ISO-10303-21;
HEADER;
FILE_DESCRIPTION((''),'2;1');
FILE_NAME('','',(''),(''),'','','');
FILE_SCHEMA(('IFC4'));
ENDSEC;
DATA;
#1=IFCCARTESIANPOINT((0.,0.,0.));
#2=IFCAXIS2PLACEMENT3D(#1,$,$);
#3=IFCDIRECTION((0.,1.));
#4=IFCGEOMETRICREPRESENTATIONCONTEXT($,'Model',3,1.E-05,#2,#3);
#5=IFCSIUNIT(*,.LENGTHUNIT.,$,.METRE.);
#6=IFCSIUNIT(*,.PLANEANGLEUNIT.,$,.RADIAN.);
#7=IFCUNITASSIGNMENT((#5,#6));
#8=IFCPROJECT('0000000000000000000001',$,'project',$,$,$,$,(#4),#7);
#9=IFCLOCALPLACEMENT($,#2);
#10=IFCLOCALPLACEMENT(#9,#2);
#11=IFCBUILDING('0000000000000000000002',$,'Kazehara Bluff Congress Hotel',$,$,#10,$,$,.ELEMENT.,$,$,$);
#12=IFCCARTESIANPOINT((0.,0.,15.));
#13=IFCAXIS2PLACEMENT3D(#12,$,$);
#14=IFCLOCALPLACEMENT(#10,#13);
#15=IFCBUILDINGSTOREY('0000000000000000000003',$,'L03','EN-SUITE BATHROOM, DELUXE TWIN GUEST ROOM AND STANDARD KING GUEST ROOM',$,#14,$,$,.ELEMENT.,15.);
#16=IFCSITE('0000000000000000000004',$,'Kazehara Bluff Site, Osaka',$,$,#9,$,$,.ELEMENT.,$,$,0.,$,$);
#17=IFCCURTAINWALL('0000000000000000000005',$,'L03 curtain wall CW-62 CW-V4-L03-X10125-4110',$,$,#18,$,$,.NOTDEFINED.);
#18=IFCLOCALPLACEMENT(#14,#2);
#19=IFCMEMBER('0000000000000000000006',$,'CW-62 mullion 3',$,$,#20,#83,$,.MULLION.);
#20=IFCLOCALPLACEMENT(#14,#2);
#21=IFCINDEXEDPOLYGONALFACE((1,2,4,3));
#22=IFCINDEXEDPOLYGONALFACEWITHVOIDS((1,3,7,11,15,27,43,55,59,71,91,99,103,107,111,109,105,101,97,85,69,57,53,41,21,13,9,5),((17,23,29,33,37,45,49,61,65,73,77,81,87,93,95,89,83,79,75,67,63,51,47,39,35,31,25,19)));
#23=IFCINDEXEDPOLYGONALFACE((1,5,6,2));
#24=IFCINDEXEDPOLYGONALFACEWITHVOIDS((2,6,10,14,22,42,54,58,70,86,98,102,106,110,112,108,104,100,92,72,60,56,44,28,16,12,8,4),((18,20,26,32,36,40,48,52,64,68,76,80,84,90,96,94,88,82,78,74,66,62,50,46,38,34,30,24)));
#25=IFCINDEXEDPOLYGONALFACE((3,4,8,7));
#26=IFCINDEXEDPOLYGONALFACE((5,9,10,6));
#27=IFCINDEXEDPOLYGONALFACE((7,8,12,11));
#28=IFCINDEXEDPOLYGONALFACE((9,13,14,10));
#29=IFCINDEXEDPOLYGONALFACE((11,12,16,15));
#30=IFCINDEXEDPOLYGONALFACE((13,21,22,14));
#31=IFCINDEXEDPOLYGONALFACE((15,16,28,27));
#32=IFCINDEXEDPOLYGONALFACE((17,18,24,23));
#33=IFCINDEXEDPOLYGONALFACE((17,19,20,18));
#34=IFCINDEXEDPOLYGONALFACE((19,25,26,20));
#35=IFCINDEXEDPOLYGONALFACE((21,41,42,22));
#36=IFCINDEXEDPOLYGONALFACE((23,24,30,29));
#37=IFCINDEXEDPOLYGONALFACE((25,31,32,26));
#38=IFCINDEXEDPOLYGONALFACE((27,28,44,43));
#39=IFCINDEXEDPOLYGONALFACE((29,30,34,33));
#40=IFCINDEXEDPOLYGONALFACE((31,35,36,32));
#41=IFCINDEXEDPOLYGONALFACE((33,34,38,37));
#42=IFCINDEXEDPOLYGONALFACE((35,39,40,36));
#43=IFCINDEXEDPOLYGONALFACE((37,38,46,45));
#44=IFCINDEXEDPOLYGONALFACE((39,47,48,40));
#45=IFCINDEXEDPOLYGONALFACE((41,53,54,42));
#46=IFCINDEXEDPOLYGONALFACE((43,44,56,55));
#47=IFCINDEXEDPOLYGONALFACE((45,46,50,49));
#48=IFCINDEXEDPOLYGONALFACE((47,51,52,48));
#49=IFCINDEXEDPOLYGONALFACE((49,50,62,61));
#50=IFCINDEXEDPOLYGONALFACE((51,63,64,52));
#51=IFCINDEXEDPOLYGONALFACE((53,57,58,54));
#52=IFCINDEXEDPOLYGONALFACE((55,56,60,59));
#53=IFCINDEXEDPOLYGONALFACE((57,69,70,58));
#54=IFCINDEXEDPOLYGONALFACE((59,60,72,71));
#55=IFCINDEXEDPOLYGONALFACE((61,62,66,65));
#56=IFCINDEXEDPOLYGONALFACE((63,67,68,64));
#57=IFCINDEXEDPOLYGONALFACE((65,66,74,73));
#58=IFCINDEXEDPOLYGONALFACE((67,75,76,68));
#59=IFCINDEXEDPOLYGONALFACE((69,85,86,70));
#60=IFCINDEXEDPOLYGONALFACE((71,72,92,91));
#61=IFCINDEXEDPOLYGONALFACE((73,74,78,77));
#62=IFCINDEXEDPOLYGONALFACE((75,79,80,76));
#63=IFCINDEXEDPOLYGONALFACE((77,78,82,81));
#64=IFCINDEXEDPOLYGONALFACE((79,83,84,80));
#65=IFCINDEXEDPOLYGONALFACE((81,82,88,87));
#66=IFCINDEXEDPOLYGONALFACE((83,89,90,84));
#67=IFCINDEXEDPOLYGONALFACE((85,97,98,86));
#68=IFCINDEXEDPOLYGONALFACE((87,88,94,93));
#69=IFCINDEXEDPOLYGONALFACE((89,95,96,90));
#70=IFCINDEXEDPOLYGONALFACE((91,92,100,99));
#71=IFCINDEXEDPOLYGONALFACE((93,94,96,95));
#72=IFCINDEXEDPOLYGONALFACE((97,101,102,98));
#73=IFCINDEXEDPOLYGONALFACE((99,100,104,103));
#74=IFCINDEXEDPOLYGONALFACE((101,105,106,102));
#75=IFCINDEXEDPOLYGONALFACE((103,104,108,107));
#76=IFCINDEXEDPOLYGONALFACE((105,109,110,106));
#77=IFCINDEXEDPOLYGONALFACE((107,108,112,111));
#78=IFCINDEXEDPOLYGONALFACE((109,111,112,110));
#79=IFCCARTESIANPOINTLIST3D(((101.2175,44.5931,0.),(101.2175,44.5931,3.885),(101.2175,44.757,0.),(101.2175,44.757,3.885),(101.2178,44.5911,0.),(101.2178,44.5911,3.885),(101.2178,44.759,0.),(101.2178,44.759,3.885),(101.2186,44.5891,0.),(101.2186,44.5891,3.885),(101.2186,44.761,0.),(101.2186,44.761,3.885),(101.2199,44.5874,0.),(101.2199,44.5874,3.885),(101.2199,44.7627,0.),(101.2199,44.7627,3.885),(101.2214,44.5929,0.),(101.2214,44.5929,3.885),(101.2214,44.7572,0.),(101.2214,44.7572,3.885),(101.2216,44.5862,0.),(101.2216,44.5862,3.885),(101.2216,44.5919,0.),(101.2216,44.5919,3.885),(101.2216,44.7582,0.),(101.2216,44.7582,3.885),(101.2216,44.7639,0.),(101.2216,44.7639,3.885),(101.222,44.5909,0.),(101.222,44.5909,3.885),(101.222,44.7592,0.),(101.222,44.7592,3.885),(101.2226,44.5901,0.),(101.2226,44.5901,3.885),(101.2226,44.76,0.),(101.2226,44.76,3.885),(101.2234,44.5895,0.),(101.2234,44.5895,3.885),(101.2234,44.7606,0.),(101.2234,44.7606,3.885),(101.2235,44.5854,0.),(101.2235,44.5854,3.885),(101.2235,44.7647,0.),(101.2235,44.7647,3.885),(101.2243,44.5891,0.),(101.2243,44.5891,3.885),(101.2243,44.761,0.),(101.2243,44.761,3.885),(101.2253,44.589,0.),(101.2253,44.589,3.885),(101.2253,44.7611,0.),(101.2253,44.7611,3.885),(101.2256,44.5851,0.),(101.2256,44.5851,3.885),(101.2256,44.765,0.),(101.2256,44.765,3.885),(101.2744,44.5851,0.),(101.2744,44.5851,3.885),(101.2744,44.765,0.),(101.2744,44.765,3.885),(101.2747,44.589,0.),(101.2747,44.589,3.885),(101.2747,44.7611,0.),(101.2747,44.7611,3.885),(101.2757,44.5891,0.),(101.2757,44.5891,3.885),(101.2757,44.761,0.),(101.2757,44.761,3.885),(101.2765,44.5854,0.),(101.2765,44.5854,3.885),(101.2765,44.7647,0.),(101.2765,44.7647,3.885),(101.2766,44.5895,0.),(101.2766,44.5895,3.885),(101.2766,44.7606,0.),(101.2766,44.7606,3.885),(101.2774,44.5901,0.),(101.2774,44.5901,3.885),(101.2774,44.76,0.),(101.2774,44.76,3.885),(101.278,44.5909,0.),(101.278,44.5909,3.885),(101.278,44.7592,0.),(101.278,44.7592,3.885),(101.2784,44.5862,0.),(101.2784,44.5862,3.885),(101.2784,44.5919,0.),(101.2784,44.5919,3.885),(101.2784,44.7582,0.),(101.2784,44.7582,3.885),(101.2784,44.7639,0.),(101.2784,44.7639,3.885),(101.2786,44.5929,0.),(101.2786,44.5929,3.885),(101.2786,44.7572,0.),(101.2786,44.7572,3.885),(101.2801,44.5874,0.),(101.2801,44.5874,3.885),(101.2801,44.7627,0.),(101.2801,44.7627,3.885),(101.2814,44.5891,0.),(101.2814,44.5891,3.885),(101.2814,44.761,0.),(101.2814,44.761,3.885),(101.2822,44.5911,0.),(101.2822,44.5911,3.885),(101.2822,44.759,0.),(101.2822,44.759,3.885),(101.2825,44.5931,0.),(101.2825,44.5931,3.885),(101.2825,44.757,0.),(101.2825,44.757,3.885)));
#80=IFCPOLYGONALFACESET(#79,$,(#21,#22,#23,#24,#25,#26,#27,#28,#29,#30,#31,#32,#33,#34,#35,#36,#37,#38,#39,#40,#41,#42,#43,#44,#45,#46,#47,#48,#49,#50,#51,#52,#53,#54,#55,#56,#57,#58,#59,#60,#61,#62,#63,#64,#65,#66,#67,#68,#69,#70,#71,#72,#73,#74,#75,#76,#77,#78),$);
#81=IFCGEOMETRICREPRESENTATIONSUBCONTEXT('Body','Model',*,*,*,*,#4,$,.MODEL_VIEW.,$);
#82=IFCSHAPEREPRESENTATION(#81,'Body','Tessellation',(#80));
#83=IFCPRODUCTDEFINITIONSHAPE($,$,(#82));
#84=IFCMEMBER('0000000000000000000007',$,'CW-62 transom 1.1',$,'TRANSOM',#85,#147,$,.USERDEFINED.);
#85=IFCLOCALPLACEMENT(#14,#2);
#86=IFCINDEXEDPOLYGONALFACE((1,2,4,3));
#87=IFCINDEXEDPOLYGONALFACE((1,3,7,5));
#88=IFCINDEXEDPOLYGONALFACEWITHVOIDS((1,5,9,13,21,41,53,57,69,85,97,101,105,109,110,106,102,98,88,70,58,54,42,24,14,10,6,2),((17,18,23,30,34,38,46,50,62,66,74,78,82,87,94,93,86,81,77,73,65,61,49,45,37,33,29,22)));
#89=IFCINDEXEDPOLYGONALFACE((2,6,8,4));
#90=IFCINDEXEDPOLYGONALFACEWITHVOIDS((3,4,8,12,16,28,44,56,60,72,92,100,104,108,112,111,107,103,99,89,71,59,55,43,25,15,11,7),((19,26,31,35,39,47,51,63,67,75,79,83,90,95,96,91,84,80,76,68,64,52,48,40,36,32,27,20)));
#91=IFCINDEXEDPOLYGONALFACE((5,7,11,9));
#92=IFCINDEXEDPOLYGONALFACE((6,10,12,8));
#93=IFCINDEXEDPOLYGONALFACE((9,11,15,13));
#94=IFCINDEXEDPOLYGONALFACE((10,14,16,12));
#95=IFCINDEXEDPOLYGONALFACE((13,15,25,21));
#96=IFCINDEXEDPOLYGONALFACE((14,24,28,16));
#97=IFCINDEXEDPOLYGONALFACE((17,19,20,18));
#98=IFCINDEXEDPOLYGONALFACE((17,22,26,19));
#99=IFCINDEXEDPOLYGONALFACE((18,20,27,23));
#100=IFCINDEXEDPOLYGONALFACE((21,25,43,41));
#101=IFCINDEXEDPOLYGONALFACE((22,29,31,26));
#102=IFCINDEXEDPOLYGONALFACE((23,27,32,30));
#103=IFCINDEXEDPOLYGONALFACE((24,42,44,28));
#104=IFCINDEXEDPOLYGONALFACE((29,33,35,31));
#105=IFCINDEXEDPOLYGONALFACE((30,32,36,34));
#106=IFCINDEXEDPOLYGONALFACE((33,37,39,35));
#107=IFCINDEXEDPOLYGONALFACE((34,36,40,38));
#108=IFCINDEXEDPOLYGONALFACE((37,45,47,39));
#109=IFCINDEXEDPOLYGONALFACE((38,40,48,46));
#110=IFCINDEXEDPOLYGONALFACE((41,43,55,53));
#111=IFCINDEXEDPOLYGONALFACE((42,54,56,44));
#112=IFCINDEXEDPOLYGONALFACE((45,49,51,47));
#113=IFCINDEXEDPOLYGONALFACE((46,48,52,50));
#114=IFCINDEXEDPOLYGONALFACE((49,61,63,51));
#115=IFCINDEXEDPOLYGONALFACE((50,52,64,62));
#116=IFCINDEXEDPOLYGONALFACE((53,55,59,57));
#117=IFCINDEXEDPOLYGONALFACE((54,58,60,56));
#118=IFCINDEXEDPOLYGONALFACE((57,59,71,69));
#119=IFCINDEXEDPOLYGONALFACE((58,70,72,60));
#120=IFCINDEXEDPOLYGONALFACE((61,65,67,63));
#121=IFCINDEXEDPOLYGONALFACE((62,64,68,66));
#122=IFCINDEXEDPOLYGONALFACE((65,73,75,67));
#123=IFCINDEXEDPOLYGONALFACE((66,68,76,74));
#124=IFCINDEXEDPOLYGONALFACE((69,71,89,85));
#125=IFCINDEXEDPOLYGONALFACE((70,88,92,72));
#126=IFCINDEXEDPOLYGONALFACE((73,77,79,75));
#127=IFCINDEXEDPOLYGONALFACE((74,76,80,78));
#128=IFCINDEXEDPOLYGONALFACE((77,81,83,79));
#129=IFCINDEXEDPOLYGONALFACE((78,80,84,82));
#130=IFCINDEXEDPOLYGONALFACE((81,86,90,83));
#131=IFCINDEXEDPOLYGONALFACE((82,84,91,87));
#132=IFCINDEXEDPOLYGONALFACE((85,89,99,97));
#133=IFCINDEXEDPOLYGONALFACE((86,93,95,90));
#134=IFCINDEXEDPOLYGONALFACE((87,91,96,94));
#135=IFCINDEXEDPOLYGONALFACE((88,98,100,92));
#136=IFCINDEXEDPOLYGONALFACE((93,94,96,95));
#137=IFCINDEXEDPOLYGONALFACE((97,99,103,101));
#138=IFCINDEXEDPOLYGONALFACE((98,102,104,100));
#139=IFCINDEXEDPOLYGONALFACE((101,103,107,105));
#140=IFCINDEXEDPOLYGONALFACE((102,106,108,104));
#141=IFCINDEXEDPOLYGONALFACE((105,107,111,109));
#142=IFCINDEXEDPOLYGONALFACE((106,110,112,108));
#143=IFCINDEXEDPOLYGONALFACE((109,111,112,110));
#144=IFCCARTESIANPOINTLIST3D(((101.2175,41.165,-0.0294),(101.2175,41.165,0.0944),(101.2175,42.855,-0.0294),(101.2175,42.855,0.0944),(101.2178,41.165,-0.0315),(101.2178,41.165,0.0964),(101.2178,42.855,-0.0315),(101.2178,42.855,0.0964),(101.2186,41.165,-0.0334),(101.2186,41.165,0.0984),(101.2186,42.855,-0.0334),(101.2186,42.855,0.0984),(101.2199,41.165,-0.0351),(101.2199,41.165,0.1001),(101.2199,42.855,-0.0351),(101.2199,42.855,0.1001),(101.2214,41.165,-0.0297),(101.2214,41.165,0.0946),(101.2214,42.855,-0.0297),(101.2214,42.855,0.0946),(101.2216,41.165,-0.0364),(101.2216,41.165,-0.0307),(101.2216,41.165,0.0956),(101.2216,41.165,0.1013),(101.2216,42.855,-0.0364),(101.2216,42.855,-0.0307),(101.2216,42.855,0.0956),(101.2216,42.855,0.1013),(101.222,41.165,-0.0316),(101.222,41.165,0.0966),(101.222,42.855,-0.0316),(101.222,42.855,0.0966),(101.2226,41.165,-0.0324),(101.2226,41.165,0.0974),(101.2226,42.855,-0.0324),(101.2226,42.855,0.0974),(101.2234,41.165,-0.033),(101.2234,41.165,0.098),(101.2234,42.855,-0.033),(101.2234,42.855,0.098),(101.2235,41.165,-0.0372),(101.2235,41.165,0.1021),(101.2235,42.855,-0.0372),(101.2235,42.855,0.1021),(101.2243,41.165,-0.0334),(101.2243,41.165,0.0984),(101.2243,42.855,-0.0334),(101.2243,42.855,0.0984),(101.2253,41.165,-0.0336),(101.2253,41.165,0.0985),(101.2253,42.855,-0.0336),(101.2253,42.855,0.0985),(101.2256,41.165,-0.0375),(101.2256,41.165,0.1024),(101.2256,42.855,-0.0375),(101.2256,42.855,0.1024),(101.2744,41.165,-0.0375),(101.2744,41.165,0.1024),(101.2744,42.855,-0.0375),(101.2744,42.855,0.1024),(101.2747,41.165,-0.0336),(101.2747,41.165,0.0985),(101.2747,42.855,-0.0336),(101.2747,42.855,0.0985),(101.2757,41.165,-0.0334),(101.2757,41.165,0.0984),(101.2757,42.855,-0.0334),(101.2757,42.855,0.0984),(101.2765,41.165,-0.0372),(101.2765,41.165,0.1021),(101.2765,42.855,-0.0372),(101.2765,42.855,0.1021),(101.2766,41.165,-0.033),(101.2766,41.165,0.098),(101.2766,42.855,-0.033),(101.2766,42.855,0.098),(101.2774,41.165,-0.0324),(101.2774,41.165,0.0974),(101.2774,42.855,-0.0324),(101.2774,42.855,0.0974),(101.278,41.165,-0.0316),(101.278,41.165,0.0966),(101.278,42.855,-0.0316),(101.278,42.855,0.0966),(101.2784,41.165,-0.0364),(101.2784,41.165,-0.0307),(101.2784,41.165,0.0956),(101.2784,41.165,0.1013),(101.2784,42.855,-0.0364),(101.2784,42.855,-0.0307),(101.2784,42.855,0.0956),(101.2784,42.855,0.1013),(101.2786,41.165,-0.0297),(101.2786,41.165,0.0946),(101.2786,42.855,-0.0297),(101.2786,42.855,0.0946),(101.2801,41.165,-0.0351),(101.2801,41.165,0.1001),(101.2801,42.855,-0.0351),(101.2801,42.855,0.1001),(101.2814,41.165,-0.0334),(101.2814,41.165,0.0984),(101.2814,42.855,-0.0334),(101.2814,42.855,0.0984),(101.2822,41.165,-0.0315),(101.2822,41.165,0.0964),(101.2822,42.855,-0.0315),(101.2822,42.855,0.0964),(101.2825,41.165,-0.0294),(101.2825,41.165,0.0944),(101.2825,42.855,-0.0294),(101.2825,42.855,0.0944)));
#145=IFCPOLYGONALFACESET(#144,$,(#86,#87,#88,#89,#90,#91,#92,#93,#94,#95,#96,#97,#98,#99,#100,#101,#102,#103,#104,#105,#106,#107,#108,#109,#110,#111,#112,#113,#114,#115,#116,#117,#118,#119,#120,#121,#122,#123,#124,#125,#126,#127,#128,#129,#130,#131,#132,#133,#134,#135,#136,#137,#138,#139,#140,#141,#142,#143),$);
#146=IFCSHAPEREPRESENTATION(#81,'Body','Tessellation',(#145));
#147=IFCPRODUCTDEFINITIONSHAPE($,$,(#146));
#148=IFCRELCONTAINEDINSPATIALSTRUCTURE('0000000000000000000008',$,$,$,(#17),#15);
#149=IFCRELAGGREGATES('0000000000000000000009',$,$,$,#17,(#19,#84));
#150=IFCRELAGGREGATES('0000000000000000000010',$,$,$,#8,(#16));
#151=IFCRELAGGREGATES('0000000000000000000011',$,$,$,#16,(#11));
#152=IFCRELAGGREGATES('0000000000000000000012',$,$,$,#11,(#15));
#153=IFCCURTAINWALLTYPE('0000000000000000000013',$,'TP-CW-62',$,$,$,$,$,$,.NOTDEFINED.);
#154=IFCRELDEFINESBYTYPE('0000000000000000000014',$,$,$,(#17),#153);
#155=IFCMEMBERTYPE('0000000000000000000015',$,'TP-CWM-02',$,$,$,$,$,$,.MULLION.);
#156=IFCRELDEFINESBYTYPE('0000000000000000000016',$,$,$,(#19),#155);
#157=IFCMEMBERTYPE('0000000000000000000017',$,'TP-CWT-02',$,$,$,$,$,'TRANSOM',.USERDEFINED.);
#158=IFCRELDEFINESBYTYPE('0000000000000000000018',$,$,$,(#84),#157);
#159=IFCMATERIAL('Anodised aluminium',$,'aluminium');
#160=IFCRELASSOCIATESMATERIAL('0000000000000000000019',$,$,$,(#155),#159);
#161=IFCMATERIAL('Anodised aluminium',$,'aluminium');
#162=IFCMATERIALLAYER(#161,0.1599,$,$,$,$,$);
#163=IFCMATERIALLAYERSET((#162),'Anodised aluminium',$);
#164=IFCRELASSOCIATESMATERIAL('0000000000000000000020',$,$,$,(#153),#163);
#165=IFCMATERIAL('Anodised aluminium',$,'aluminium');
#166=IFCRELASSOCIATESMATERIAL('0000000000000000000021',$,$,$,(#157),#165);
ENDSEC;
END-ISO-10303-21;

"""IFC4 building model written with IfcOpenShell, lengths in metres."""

from ifc_helpers import new_model, si_unit, direction, frame, origin, origin_2d, place, context, subcontext, project, spatial, hollow_rectangle, extrude, material, layer, layer_set, material_profile, profile_set, type_object, element, aggregate, save


model = new_model("IFC4")

# Units and contexts
model_context = context("Model", 3, precision=1e-05, world=origin(), true_north=direction((0.0, 1.0)))
body_context = subcontext(model_context, "Body", "Model", "MODEL_VIEW")
ifc_project = project(units=[si_unit("LENGTHUNIT", "METRE"), si_unit("PLANEANGLEUNIT", "RADIAN")], contexts=[model_context])

# Site, building, storey
site_placement = place(None, origin())
site = spatial("IfcSite", under=ifc_project, at=site_placement, Name="Kazehara Bluff Site, Osaka", CompositionType="ELEMENT", RefElevation=0.0)
building_placement = place(site_placement, origin())
building = spatial("IfcBuilding", under=site, at=building_placement, Name="Kazehara Bluff Congress Hotel", CompositionType="ELEMENT")
storey_placement = place(building_placement, frame((0.0, 0.0, 15.0)))
storey = spatial("IfcBuildingStorey", under=building, at=storey_placement, Name="L03", Description="EN-SUITE BATHROOM, DELUXE TWIN GUEST ROOM AND STANDARD KING GUEST ROOM", CompositionType="ELEMENT", Elevation=15.0)

# Shared definitions
ifc_material_1 = material(Name="Anodised aluminium", Category="aluminium")
ifc_material_profile_1 = material_profile(ifc_material_1, hollow_rectangle(XDim=0.0649, YDim=0.1799, WallThickness=0.0039, InnerFilletRadius=0.0039, OuterFilletRadius=0.0081, at=origin_2d()))
ifc_profile_set_1 = profile_set([ifc_material_profile_1], Name="Anodised aluminium")
member_type_1 = type_object("IfcMemberType", Name="TP-CWM-02", PredefinedType="MULLION", material=ifc_profile_set_1)

# Curtain wall, members
ifc_material_2 = material(Name="Anodised aluminium", Category="aluminium")
ifc_layer_1 = layer(ifc_material_2, 0.1599)
ifc_layer_set_1 = layer_set([ifc_layer_1], Name="Anodised aluminium")
curtain_wall_type_1 = type_object("IfcCurtainWallType", Name="TP-CW-62", PredefinedType="NOTDEFINED", material=ifc_layer_set_1)
curtain_wall_1_placement = place(storey_placement, origin())
curtain_wall_1 = element("IfcCurtainWall", 1, at=curtain_wall_1_placement, inside=storey, type_object=curtain_wall_type_1, Name="L03 curtain wall CW-62 CW-V4-L03-X10125-4110", PredefinedType="NOTDEFINED")
member_1_placement = place(storey_placement, frame((101.25, 44.675, 0.0), z_axis=(0.0, 0.0, 1.0), x_axis=(-1.0, 0.0, 0.0)))
member_1 = element("IfcMember", 2, at=member_1_placement, type_object=member_type_1, Name="CW-62 mullion 3", PredefinedType="MULLION", context=body_context, shape_type="SweptSolid", body=[
    extrude(hollow_rectangle(XDim=0.0649, YDim=0.1799, WallThickness=0.0039, InnerFilletRadius=0.0039, OuterFilletRadius=0.0081, at=origin_2d()), origin(), (0.0, 0.0, 1.0), 3.885),
])
ifc_material_3 = material(Name="Anodised aluminium", Category="aluminium")
ifc_material_profile_2 = material_profile(ifc_material_3, hollow_rectangle(XDim=0.0649, YDim=0.1399, WallThickness=0.0039, InnerFilletRadius=0.0039, OuterFilletRadius=0.0081, at=origin_2d()))
ifc_profile_set_2 = profile_set([ifc_material_profile_2], Name="Anodised aluminium")
member_type_2 = type_object("IfcMemberType", Name="TP-CWT-02", ElementType="TRANSOM", PredefinedType="USERDEFINED", material=ifc_profile_set_2)
member_2_placement = place(storey_placement, frame((101.25, 41.165, 0.0325), z_axis=(0.0, 1.0, 0.0), x_axis=(-1.0, 0.0, 0.0)))
member_2 = element("IfcMember", 3, at=member_2_placement, type_object=member_type_2, Name="CW-62 transom 1.1", ObjectType="TRANSOM", PredefinedType="USERDEFINED", context=body_context, shape_type="SweptSolid", body=[
    extrude(hollow_rectangle(XDim=0.0649, YDim=0.1399, WallThickness=0.0039, InnerFilletRadius=0.0039, OuterFilletRadius=0.0081, at=origin_2d()), origin(), (0.0, 0.0, 1.0), 1.6899),
])

aggregate(curtain_wall_1, [member_1, member_2])

save(model, "model.ifc")
